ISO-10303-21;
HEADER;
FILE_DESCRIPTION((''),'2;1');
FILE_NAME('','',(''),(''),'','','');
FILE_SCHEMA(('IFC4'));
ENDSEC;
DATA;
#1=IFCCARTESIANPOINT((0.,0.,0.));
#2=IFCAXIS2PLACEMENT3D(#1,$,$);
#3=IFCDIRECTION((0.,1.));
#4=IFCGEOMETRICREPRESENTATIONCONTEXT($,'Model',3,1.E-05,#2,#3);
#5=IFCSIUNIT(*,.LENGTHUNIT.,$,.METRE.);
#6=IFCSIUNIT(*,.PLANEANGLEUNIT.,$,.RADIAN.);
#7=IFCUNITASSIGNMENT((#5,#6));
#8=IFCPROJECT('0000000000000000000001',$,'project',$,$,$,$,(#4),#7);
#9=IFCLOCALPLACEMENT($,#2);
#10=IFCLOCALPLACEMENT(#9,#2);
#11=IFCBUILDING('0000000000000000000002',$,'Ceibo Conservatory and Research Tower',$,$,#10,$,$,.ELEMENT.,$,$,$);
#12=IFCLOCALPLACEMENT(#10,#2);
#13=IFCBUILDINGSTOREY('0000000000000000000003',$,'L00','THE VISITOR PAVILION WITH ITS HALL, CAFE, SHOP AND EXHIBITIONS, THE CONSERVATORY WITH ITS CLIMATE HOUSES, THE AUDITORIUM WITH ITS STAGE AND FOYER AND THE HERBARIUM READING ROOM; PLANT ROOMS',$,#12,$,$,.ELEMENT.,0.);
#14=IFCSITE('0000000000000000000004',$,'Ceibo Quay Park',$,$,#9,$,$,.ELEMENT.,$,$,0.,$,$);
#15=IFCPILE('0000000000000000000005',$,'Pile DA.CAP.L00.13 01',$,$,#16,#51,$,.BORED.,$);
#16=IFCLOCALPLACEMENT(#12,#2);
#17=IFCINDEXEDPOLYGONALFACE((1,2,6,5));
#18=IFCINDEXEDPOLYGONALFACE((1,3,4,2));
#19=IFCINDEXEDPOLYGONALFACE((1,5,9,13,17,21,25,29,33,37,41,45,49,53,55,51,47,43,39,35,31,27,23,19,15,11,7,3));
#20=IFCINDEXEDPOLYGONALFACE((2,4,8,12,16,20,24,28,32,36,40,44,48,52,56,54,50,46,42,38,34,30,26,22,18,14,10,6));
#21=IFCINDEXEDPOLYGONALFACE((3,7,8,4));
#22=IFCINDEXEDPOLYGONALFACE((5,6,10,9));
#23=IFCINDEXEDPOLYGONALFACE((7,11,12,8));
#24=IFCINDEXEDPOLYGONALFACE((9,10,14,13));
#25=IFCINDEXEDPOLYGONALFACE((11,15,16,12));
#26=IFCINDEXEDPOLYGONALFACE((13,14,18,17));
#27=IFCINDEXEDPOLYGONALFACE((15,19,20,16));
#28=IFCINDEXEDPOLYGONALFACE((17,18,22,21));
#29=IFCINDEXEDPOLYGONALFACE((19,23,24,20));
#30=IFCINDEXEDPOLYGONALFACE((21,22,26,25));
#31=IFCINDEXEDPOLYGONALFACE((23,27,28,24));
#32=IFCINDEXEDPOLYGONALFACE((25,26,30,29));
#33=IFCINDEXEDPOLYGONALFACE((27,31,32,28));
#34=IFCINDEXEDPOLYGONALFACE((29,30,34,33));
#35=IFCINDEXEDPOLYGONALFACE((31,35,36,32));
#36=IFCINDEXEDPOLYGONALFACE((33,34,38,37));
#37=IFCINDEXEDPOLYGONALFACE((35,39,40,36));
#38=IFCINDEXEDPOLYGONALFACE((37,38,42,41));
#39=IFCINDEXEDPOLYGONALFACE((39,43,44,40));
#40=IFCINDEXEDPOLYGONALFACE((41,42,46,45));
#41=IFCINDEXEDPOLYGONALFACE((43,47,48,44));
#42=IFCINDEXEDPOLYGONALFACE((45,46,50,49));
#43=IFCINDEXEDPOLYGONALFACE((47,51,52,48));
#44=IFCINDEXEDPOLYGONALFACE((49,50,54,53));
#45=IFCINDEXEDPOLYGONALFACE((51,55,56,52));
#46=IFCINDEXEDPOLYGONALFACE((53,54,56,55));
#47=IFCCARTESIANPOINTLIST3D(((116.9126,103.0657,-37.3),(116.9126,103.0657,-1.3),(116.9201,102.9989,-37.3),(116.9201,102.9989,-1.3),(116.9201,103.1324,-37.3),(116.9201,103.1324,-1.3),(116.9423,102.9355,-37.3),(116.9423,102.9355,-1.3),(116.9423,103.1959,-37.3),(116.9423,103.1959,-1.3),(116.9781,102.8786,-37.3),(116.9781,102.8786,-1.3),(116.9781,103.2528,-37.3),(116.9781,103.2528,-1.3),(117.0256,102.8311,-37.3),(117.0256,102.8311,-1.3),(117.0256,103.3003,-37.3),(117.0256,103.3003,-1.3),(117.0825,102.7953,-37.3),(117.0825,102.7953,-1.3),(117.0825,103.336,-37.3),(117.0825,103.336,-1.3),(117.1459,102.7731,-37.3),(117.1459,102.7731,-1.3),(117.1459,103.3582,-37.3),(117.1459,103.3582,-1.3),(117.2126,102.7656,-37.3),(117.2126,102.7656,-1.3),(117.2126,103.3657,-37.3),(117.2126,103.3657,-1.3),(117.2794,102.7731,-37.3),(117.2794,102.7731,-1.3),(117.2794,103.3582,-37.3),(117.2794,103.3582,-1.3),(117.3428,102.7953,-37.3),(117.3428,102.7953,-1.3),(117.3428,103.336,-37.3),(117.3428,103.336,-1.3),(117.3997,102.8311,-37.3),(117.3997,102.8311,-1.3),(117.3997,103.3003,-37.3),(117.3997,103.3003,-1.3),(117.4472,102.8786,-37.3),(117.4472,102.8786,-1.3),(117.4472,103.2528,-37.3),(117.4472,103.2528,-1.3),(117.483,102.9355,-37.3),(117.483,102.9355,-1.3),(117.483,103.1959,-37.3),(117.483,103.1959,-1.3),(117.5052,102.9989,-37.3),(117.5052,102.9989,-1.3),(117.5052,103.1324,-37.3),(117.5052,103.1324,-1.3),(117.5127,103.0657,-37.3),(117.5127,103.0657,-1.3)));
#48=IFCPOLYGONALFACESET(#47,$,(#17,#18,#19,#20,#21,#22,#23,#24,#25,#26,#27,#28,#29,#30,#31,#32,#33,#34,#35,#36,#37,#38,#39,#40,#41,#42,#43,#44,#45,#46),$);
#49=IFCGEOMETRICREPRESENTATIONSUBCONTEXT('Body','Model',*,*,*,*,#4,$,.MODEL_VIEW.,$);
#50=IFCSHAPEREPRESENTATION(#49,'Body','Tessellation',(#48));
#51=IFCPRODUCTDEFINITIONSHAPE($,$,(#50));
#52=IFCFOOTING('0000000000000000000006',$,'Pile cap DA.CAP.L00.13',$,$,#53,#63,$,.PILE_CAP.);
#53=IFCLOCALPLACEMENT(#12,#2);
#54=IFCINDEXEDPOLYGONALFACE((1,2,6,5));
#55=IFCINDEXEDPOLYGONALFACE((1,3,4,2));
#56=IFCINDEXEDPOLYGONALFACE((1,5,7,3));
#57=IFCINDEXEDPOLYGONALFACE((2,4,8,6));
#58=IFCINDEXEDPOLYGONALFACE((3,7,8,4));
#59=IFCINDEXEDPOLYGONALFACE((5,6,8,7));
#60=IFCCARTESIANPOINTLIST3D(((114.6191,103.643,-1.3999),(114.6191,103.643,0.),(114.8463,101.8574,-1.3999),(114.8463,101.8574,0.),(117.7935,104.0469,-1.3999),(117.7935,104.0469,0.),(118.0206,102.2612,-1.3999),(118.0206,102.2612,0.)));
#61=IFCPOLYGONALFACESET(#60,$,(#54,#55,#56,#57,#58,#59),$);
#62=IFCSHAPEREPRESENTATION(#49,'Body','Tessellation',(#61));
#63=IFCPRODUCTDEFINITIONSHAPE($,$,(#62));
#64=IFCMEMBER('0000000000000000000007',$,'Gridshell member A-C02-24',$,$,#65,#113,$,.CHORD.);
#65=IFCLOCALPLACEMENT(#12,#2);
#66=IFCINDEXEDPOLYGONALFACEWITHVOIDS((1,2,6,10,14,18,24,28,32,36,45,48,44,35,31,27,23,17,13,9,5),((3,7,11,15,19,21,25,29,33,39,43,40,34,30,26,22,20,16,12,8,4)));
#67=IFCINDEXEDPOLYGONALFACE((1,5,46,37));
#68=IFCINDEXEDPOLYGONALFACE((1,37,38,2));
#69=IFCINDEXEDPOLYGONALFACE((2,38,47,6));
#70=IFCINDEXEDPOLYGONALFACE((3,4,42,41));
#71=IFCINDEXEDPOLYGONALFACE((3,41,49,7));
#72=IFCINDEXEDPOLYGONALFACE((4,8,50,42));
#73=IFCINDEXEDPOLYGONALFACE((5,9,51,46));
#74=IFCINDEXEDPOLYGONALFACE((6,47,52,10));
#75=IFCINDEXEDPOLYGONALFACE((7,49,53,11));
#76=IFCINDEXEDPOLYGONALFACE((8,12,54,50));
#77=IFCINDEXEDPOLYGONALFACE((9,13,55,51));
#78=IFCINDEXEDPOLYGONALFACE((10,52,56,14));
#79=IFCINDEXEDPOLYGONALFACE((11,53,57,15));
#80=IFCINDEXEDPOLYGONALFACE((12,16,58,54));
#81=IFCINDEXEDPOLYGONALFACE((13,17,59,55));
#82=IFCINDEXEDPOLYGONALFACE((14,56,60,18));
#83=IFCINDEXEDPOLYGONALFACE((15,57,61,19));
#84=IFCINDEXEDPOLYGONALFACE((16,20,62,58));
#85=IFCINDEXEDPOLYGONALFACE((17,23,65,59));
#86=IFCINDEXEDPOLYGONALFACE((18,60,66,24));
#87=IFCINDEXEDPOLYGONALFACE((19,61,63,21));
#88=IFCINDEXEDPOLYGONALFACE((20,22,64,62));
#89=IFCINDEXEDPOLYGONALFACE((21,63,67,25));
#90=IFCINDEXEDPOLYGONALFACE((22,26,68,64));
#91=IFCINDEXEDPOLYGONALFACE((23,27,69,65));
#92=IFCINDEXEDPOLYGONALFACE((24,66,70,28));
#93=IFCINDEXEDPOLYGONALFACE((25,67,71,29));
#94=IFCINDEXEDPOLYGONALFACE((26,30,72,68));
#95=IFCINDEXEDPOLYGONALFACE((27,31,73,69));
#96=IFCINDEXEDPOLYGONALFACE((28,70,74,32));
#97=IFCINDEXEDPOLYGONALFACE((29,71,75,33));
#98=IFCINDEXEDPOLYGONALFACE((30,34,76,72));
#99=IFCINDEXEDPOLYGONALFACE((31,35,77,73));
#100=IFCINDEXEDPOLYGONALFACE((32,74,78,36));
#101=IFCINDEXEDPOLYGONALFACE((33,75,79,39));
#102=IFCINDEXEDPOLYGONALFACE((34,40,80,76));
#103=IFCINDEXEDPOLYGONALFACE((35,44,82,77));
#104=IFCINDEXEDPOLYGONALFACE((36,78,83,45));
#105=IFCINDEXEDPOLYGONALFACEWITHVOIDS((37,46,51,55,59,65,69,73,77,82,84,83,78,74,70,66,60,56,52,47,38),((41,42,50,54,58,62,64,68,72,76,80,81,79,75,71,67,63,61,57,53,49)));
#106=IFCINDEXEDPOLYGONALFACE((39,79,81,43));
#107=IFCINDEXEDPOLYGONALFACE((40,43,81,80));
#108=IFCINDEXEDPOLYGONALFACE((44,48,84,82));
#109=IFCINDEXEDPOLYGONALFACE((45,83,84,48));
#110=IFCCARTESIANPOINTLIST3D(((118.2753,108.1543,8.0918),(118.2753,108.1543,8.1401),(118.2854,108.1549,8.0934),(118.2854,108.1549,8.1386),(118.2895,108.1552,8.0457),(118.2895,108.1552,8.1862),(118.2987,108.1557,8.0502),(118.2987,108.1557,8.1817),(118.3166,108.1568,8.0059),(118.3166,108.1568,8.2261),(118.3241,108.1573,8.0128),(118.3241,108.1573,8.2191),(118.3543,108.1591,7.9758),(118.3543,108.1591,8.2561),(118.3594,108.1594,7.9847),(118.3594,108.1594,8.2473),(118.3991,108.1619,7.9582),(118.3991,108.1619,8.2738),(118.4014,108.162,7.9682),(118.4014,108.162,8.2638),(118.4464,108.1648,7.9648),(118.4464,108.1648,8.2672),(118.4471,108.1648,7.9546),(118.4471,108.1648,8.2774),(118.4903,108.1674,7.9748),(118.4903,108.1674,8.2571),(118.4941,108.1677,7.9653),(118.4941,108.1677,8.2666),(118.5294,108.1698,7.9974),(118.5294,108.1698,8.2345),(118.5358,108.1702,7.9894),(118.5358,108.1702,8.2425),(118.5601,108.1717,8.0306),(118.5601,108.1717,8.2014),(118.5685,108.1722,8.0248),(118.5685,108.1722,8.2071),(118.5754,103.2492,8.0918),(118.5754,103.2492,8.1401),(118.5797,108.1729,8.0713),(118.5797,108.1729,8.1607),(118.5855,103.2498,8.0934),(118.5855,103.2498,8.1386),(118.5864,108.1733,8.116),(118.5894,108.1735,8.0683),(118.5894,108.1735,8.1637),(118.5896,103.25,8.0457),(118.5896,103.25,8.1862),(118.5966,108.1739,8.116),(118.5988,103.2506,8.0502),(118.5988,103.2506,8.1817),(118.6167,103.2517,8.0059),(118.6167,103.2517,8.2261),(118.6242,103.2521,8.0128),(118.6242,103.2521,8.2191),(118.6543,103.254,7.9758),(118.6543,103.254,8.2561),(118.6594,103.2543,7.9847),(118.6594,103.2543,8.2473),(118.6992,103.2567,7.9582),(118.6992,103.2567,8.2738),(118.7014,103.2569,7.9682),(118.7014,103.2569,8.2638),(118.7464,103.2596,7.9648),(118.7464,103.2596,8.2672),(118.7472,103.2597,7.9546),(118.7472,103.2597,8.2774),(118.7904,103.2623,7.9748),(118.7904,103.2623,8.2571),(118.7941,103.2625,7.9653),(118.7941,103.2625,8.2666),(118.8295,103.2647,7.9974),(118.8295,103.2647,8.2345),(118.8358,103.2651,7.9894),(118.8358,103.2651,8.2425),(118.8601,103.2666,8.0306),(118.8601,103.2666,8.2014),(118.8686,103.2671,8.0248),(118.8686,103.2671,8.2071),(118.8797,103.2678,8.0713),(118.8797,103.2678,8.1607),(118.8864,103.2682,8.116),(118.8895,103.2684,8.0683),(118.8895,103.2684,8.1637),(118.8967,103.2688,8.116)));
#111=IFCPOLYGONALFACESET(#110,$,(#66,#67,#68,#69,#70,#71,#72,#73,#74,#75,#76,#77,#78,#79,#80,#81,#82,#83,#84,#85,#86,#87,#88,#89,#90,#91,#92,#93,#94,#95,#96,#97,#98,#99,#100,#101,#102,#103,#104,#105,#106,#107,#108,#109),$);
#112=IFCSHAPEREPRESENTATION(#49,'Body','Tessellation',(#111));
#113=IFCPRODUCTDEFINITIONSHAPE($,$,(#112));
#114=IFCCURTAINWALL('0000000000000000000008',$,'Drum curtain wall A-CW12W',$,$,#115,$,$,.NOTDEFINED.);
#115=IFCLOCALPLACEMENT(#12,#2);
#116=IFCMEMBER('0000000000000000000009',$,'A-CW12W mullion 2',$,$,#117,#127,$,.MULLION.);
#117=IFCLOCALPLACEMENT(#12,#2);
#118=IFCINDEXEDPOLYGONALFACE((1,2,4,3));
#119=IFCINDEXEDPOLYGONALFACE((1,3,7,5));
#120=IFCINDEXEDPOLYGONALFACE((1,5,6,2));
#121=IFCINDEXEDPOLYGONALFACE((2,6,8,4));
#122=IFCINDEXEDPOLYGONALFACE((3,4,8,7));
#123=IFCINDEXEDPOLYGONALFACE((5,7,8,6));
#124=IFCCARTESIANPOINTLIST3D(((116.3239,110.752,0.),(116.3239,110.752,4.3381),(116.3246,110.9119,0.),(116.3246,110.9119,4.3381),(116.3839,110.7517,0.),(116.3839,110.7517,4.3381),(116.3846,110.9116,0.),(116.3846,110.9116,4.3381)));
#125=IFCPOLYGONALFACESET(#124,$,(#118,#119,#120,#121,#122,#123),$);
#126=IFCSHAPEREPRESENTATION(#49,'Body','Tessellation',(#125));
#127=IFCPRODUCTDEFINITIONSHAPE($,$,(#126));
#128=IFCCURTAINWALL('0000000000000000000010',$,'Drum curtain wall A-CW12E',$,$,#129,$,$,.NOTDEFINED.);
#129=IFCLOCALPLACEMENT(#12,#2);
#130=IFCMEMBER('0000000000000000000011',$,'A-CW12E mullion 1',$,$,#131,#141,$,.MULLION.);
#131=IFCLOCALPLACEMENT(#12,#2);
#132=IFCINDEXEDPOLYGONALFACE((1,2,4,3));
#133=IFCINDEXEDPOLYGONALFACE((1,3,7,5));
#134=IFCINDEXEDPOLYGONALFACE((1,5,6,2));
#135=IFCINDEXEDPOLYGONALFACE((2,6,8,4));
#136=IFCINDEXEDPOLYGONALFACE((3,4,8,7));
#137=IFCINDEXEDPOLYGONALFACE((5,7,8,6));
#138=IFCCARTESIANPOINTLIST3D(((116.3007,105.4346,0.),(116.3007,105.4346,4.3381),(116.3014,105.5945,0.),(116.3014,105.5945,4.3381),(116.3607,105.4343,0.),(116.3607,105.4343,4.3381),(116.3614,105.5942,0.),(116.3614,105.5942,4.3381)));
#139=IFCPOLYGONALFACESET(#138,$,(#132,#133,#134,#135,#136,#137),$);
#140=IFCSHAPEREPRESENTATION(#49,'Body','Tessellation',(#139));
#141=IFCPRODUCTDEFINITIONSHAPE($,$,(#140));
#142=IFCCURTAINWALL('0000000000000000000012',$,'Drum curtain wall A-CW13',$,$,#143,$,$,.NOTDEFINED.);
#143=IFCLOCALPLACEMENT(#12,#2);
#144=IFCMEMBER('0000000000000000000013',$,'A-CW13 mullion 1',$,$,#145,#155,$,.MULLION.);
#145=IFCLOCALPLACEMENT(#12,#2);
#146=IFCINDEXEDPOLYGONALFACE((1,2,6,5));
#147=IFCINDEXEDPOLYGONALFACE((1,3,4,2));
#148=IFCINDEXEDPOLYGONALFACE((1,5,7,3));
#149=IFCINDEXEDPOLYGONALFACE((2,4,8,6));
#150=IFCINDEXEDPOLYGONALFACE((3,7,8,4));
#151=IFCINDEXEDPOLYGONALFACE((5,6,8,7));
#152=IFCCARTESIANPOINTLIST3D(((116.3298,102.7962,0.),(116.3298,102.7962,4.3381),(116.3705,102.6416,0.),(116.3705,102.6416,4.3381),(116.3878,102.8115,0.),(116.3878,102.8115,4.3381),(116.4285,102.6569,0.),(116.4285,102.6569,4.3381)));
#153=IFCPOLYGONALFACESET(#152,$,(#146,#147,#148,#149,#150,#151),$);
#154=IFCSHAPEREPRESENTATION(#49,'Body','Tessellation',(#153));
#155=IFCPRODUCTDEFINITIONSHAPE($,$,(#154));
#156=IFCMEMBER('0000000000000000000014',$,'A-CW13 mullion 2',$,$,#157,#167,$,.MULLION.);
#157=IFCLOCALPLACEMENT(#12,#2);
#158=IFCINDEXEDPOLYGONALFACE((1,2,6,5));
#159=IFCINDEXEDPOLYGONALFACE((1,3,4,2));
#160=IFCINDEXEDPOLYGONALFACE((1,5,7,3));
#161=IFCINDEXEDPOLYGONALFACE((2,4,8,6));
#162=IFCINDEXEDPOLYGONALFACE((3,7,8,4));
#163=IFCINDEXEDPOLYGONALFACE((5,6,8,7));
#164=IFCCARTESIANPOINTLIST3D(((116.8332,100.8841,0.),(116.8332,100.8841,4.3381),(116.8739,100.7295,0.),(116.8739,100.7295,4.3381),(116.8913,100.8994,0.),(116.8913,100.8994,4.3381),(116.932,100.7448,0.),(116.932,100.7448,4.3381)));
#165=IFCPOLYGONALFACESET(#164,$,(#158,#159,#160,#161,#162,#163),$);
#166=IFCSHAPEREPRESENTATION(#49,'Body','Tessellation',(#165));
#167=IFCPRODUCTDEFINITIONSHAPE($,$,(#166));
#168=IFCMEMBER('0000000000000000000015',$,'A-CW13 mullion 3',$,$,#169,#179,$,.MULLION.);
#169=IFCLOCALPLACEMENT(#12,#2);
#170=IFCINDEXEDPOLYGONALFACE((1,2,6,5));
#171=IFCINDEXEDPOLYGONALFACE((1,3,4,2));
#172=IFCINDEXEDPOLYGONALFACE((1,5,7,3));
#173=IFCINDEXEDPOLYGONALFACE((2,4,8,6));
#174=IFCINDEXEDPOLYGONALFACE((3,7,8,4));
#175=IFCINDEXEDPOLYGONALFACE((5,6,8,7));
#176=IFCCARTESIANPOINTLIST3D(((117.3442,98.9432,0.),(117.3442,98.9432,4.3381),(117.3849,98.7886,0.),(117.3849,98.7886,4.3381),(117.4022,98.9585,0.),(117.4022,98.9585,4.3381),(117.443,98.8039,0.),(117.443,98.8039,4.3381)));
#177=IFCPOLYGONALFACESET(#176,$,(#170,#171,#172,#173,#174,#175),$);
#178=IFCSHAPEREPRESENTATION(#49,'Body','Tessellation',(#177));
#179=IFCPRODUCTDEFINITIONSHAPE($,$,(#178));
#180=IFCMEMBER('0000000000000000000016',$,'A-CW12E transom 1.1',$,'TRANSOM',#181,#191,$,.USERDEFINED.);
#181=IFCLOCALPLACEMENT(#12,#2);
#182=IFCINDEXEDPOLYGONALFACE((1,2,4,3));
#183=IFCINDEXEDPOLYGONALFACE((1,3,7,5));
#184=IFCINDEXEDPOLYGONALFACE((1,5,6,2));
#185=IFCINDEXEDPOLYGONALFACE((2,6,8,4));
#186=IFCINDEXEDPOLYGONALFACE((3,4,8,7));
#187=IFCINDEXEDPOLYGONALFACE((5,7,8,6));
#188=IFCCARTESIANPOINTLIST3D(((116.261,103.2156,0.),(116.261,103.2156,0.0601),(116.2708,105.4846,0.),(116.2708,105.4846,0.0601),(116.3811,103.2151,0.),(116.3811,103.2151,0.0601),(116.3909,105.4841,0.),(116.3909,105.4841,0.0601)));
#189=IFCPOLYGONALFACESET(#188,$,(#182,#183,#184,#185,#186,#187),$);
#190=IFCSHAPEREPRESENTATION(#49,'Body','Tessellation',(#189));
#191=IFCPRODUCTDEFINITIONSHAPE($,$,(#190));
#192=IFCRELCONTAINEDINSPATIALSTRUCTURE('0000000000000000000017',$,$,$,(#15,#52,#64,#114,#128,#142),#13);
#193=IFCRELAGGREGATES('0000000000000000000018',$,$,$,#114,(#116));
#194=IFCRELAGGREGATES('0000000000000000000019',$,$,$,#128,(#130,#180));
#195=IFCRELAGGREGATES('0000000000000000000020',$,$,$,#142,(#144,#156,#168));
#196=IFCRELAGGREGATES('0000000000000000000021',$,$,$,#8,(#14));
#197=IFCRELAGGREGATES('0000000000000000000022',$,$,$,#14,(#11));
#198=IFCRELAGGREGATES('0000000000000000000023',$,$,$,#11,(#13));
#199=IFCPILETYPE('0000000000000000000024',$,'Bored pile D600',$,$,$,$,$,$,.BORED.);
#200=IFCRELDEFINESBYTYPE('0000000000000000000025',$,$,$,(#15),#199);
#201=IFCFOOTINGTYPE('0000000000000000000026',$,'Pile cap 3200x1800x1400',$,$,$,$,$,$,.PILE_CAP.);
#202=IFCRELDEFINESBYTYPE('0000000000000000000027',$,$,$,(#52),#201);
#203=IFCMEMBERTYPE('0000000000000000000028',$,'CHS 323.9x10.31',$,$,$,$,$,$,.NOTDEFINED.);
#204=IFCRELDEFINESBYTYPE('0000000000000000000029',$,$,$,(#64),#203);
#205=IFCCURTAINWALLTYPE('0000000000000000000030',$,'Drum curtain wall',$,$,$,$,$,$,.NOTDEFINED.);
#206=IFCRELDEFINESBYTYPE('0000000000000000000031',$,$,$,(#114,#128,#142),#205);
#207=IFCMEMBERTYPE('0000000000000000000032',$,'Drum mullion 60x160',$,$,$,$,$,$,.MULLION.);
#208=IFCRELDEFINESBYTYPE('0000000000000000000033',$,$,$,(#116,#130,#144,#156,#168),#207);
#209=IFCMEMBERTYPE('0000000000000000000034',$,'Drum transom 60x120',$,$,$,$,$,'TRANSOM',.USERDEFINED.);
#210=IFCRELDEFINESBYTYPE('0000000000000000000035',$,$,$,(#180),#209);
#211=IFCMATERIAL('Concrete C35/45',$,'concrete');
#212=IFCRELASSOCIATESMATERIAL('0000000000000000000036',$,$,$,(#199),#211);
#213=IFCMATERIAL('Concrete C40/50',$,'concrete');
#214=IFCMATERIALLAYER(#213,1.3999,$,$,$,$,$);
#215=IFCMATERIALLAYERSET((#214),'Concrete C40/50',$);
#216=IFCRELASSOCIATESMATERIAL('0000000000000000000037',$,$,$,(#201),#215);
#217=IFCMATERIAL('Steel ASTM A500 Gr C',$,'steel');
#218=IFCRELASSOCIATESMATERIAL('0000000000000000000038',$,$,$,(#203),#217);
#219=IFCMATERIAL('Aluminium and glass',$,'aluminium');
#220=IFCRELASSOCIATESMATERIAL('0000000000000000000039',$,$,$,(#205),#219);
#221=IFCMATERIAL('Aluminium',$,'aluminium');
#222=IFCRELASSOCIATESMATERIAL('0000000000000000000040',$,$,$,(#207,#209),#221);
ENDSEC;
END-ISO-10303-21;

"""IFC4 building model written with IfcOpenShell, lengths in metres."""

from ifc_helpers import new_model, si_unit, direction, frame, origin, origin_2d, place, context, subcontext, project, spatial, polyline, rectangle, circle, hollow_circle, outline, extrude, material, layer, layer_set, material_profile, profile_set, type_object, element, aggregate, save


model = new_model("IFC4")

# Units and contexts
model_context = context("Model", 3, precision=1e-05, world=origin(), true_north=direction((0.0, 1.0)))
body_context = subcontext(model_context, "Body", "Model", "MODEL_VIEW")
ifc_project = project(units=[si_unit("LENGTHUNIT", "METRE"), si_unit("PLANEANGLEUNIT", "RADIAN")], contexts=[model_context])

# Site, building, storey
site_placement = place(None, origin())
site = spatial("IfcSite", under=ifc_project, at=site_placement, Name="Ceibo Quay Park", CompositionType="ELEMENT", RefElevation=0.0)
building_placement = place(site_placement, origin())
building = spatial("IfcBuilding", under=site, at=building_placement, Name="Ceibo Conservatory and Research Tower", CompositionType="ELEMENT")
storey_placement = place(building_placement, origin())
storey = spatial("IfcBuildingStorey", under=building, at=storey_placement, Name="L00", Description="THE VISITOR PAVILION WITH ITS HALL, CAFE, SHOP AND EXHIBITIONS, THE CONSERVATORY WITH ITS CLIMATE HOUSES, THE AUDITORIUM WITH ITS STAGE AND FOYER AND THE HERBARIUM READING ROOM; PLANT ROOMS", CompositionType="ELEMENT", Elevation=0.0)

# Pile
ifc_material_1 = material(Name="Concrete C35/45", Category="concrete")
ifc_material_profile_1 = material_profile(ifc_material_1, circle(Radius=0.3, at=origin_2d()), Name="RC D600")
ifc_profile_set_1 = profile_set([ifc_material_profile_1], Name="Concrete C35/45")
pile_type = type_object("IfcPileType", Name="Bored pile D600", PredefinedType="BORED", material=ifc_profile_set_1)
pile_placement = place(storey_placement, frame((117.2126, 103.0657, -1.3), z_axis=(0.0, 0.0, -1.0), x_axis=(1.0, 0.0, 0.0)))
element("IfcPile", 1, at=pile_placement, inside=storey, type_object=pile_type, Name="Pile DA.CAP.L00.13 01", PredefinedType="BORED", context=body_context, shape_type="SweptSolid", body=[
    extrude(circle(Radius=0.3, at=origin_2d()), origin(), (0.0, 0.0, 1.0), 36.0),
])

# Footing
ifc_material_2 = material(Name="Concrete C40/50", Category="concrete")
ifc_layer_1 = layer(ifc_material_2, 1.3999)
ifc_layer_set_1 = layer_set([ifc_layer_1], Name="Concrete C40/50")
footing_type = type_object("IfcFootingType", Name="Pile cap 3200x1800x1400", PredefinedType="PILE_CAP", material=ifc_layer_set_1)
footing_placement = place(storey_placement, frame((117.7935, 104.0469, -1.3999), z_axis=(0.0, 0.0, 1.0), x_axis=(-0.992005, -0.126199, 0.0)))
element("IfcFooting", 2, at=footing_placement, inside=storey, type_object=footing_type, Name="Pile cap DA.CAP.L00.13", PredefinedType="PILE_CAP", context=body_context, shape_type="SweptSolid", body=[
    extrude(outline(polyline([(0.0, 0.0), (3.2, 0.0), (3.2, 1.8), (0.0, 1.8), (0.0, 0.0)])), origin(), (0.0, 0.0, 1.0), 1.3999),
])

# Member
ifc_material_3 = material(Name="Steel ASTM A500 Gr C", Category="steel")
ifc_material_profile_2 = material_profile(ifc_material_3, hollow_circle(Radius=0.1619, WallThickness=0.0103, at=origin_2d()), Name="CHS 323.9x10.31")
ifc_profile_set_2 = profile_set([ifc_material_profile_2], Name="Steel ASTM A500 Gr C")
member_type_1 = type_object("IfcMemberType", Name="CHS 323.9x10.31", PredefinedType="NOTDEFINED", material=ifc_profile_set_2)
member_1_placement = place(storey_placement, frame((118.4351, 108.1641, 8.116), z_axis=(0.061058, -0.998134, 0.0), x_axis=(0.998134, 0.061058, 0.0)))
element("IfcMember", 3, at=member_1_placement, inside=storey, type_object=member_type_1, Name="Gridshell member A-C02-24", PredefinedType="CHORD", context=body_context, shape_type="SweptSolid", body=[
    extrude(hollow_circle(Radius=0.1619, WallThickness=0.0103, at=origin_2d()), origin(), (0.0, 0.0, 1.0), 4.9143),
])

# Curtain walls, members
ifc_material_4 = material(Name="Aluminium and glass", Category="aluminium")
curtain_wall_type = type_object("IfcCurtainWallType", Name="Drum curtain wall", PredefinedType="NOTDEFINED", material=ifc_material_4)
curtain_wall_1_placement = place(storey_placement, origin())
curtain_wall_1 = element("IfcCurtainWall", 4, at=curtain_wall_1_placement, inside=storey, type_object=curtain_wall_type, Name="Drum curtain wall A-CW12W", PredefinedType="NOTDEFINED")
ifc_material_5 = material(Name="Aluminium", Category="aluminium")
ifc_material_profile_3 = material_profile(ifc_material_5, rectangle(XDim=0.0601, YDim=0.1599, at=origin_2d()), Name="AL 60x160")
ifc_profile_set_3 = profile_set([ifc_material_profile_3], Name="Aluminium")
member_type_2 = type_object("IfcMemberType", Name="Drum mullion 60x160", PredefinedType="MULLION", material=ifc_profile_set_3)
member_2_placement = place(storey_placement, frame((116.3542, 110.8318, 0.0), z_axis=(0.0, 0.0, 1.0), x_axis=(0.99999, -0.004363, 0.0)))
member_2 = element("IfcMember", 5, at=member_2_placement, type_object=member_type_2, Name="A-CW12W mullion 2", PredefinedType="MULLION", context=body_context, shape_type="SweptSolid", body=[
    extrude(rectangle(XDim=0.0601, YDim=0.1599, at=origin_2d()), origin(), (0.0, 0.0, 1.0), 4.3381),
])
aggregate(curtain_wall_1, [member_2])
curtain_wall_2_placement = place(storey_placement, origin())
curtain_wall_2 = element("IfcCurtainWall", 6, at=curtain_wall_2_placement, inside=storey, type_object=curtain_wall_type, Name="Drum curtain wall A-CW12E", PredefinedType="NOTDEFINED")
member_3_placement = place(storey_placement, frame((116.3311, 105.5144, 0.0), z_axis=(0.0, 0.0, 1.0), x_axis=(0.99999, -0.004363, 0.0)))
member_3 = element("IfcMember", 7, at=member_3_placement, type_object=member_type_2, Name="A-CW12E mullion 1", PredefinedType="MULLION", context=body_context, shape_type="SweptSolid", body=[
    extrude(rectangle(XDim=0.0601, YDim=0.1599, at=origin_2d()), origin(), (0.0, 0.0, 1.0), 4.3381),
])

# Curtain wall, members
curtain_wall_3_placement = place(storey_placement, origin())
curtain_wall_3 = element("IfcCurtainWall", 8, at=curtain_wall_3_placement, inside=storey, type_object=curtain_wall_type, Name="Drum curtain wall A-CW13", PredefinedType="NOTDEFINED")
member_4_placement = place(storey_placement, frame((116.3792, 102.7266, 0.0), z_axis=(0.0, 0.0, 1.0), x_axis=(0.967046, 0.254602, 0.0)))
member_4 = element("IfcMember", 9, at=member_4_placement, type_object=member_type_2, Name="A-CW13 mullion 1", PredefinedType="MULLION", context=body_context, shape_type="SweptSolid", body=[
    extrude(rectangle(XDim=0.0601, YDim=0.1599, at=origin_2d()), origin(), (0.0, 0.0, 1.0), 4.3381),
])
member_5_placement = place(storey_placement, frame((116.8826, 100.8145, 0.0), z_axis=(0.0, 0.0, 1.0), x_axis=(0.967046, 0.254602, 0.0)))
member_5 = element("IfcMember", 10, at=member_5_placement, type_object=member_type_2, Name="A-CW13 mullion 2", PredefinedType="MULLION", context=body_context, shape_type="SweptSolid", body=[
    extrude(rectangle(XDim=0.0601, YDim=0.1599, at=origin_2d()), origin(), (0.0, 0.0, 1.0), 4.3381),
])
member_6_placement = place(storey_placement, frame((117.3936, 98.8735, 0.0), z_axis=(0.0, 0.0, 1.0), x_axis=(0.967046, 0.254602, 0.0)))
member_6 = element("IfcMember", 11, at=member_6_placement, type_object=member_type_2, Name="A-CW13 mullion 3", PredefinedType="MULLION", context=body_context, shape_type="SweptSolid", body=[
    extrude(rectangle(XDim=0.0601, YDim=0.1599, at=origin_2d()), origin(), (0.0, 0.0, 1.0), 4.3381),
])

# Member
ifc_material_profile_4 = material_profile(ifc_material_5, rectangle(XDim=0.1201, YDim=0.0601, at=origin_2d()), Name="AL 60x120")
ifc_profile_set_4 = profile_set([ifc_material_profile_4], Name="Aluminium")
member_type_3 = type_object("IfcMemberType", Name="Drum transom 60x120", ElementType="TRANSOM", PredefinedType="USERDEFINED", material=ifc_profile_set_4)
member_7_placement = place(storey_placement, frame((116.3308, 105.4844, 0.03), z_axis=(-0.004304, -0.999991, 0.0), x_axis=(0.999991, -0.004304, 0.0)))
member_7 = element("IfcMember", 12, at=member_7_placement, type_object=member_type_3, Name="A-CW12E transom 1.1", ObjectType="TRANSOM", PredefinedType="USERDEFINED", context=body_context, shape_type="SweptSolid", body=[
    extrude(rectangle(XDim=0.1201, YDim=0.0601, at=origin_2d()), origin(), (0.0, 0.0, 1.0), 2.269),
])

aggregate(curtain_wall_2, [member_3, member_7])
aggregate(curtain_wall_3, [member_4, member_5, member_6])

save(model, "model.ifc")
